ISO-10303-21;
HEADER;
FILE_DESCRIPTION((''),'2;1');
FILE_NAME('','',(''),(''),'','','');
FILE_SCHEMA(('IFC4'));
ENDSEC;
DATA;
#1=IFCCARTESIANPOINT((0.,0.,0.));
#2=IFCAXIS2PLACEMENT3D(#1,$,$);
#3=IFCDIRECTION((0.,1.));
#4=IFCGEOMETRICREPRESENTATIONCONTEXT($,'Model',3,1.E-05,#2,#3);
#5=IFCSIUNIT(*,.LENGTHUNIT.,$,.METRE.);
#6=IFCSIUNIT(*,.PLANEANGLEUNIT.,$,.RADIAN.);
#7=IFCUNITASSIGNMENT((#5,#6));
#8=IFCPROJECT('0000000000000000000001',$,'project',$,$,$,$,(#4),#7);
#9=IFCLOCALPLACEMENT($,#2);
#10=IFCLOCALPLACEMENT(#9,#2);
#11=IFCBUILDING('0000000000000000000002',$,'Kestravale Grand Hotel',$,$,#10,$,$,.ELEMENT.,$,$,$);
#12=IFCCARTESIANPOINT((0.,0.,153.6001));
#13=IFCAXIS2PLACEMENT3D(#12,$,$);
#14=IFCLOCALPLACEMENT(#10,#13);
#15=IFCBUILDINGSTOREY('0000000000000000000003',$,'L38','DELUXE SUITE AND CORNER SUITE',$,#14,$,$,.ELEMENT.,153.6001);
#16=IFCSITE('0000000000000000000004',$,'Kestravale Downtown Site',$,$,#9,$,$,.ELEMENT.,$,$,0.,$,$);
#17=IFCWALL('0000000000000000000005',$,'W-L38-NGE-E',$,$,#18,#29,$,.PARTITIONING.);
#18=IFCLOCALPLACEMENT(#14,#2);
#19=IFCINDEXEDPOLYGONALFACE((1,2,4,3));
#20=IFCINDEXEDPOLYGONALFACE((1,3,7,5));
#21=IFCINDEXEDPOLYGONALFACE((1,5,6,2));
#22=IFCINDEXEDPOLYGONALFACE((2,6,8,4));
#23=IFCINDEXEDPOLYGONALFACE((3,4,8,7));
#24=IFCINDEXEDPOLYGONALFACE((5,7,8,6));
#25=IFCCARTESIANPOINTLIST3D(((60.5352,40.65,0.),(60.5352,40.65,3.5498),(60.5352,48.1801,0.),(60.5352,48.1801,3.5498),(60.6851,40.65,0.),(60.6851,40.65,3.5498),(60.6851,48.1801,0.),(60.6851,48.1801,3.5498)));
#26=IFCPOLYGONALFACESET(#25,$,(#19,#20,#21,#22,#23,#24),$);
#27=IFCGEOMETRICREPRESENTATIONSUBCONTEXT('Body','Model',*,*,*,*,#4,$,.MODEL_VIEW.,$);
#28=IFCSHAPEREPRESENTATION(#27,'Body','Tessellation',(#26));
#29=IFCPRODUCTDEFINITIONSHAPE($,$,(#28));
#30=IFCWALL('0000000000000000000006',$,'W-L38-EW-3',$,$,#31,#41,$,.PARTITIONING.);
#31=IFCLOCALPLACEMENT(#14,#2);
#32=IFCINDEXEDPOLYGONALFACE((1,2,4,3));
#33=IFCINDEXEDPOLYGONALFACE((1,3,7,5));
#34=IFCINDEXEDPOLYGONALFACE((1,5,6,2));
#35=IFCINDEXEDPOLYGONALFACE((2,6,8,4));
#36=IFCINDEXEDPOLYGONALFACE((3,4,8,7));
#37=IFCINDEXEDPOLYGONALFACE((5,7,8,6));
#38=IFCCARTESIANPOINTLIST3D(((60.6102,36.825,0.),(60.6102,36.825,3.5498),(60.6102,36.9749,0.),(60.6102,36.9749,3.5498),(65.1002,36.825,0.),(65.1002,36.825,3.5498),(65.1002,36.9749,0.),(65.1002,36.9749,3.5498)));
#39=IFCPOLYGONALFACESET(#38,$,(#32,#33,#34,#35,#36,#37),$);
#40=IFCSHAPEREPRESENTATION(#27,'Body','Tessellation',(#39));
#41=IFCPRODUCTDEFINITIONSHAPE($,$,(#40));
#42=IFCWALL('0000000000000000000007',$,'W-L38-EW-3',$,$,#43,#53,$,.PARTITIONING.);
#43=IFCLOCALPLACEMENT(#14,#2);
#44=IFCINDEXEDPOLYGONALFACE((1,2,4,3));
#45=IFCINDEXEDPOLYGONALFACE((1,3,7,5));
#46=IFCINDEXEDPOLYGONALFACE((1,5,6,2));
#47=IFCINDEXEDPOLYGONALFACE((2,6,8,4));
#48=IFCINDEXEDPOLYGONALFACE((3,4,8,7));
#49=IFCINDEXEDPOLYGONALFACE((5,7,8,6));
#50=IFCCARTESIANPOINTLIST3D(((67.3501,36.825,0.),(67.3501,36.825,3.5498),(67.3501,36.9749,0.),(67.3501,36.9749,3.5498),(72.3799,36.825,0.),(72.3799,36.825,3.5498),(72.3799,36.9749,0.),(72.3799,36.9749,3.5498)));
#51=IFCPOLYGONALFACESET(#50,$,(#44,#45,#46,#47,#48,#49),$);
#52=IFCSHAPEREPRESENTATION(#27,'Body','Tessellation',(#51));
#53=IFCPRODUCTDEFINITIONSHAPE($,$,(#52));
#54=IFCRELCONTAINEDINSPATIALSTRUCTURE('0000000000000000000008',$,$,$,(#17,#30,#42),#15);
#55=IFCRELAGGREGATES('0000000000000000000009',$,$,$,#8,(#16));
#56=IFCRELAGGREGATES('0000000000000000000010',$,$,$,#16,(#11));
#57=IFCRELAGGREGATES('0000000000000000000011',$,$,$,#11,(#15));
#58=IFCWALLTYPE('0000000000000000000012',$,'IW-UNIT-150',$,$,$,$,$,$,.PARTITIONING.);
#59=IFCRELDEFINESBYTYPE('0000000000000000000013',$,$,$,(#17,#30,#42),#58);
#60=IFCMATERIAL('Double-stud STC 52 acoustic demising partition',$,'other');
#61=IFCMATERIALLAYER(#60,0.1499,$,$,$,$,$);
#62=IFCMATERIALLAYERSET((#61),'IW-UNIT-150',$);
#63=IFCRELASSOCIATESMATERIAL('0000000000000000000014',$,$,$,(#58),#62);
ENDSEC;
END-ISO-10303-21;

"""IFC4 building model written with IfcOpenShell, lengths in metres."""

from ifc_helpers import new_model, si_unit, direction, frame, frame_2d, origin, place, context, subcontext, project, spatial, rectangle, extrude, material, layer, layer_set, type_object, element, save


model = new_model("IFC4")

# Units and contexts
model_context = context("Model", 3, precision=1e-05, world=origin(), true_north=direction((0.0, 1.0)))
body_context = subcontext(model_context, "Body", "Model", "MODEL_VIEW")
ifc_project = project(units=[si_unit("LENGTHUNIT", "METRE"), si_unit("PLANEANGLEUNIT", "RADIAN")], contexts=[model_context])

# Site, building, storey
site_placement = place(None, origin())
site = spatial("IfcSite", under=ifc_project, at=site_placement, Name="Kestravale Downtown Site", CompositionType="ELEMENT", RefElevation=0.0)
building_placement = place(site_placement, origin())
building = spatial("IfcBuilding", under=site, at=building_placement, Name="Kestravale Grand Hotel", CompositionType="ELEMENT")
storey_placement = place(building_placement, frame((0.0, 0.0, 153.6001)))
storey = spatial("IfcBuildingStorey", under=building, at=storey_placement, Name="L38", Description="DELUXE SUITE AND CORNER SUITE", CompositionType="ELEMENT", Elevation=153.6001)

# Shared definitions
ifc_material_1 = material(Name="Double-stud STC 52 acoustic demising partition", Category="other")
ifc_layer_1 = layer(ifc_material_1, 0.1499)
ifc_layer_set_1 = layer_set([ifc_layer_1], Name="IW-UNIT-150")
wall_type_1 = type_object("IfcWallType", Name="IW-UNIT-150", PredefinedType="PARTITIONING", material=ifc_layer_set_1)

# Walls
wall_1_placement = place(storey_placement, frame((60.6101, 40.6499, 0.0), z_axis=(0.0, 0.0, 1.0), x_axis=(0.0, 1.0, 0.0)))
element("IfcWall", 1, at=wall_1_placement, inside=storey, type_object=wall_type_1, Name="W-L38-NGE-E", PredefinedType="PARTITIONING", context=body_context, shape_type="SweptSolid", body=[
    extrude(rectangle(XDim=7.53, YDim=0.1499, at=frame_2d((3.7651, 0.0))), origin(), (0.0, 0.0, 1.0), 3.5498),
])
wall_2_placement = place(storey_placement, frame((60.6101, 36.8999, 0.0), z_axis=(0.0, 0.0, 1.0), x_axis=(1.0, 0.0, 0.0)))
element("IfcWall", 2, at=wall_2_placement, inside=storey, type_object=wall_type_1, Name="W-L38-EW-3", PredefinedType="PARTITIONING", context=body_context, shape_type="SweptSolid", body=[
    extrude(rectangle(XDim=4.49, YDim=0.1499, at=frame_2d((2.2451, 0.0))), origin(), (0.0, 0.0, 1.0), 3.5498),
])
wall_3_placement = place(storey_placement, frame((67.3501, 36.8999, 0.0), z_axis=(0.0, 0.0, 1.0), x_axis=(1.0, 0.0, 0.0)))
element("IfcWall", 3, at=wall_3_placement, inside=storey, type_object=wall_type_1, Name="W-L38-EW-3", PredefinedType="PARTITIONING", context=body_context, shape_type="SweptSolid", body=[
    extrude(rectangle(XDim=5.0298, YDim=0.1499, at=frame_2d((2.5149, 0.0))), origin(), (0.0, 0.0, 1.0), 3.5498),
])

save(model, "model.ifc")
